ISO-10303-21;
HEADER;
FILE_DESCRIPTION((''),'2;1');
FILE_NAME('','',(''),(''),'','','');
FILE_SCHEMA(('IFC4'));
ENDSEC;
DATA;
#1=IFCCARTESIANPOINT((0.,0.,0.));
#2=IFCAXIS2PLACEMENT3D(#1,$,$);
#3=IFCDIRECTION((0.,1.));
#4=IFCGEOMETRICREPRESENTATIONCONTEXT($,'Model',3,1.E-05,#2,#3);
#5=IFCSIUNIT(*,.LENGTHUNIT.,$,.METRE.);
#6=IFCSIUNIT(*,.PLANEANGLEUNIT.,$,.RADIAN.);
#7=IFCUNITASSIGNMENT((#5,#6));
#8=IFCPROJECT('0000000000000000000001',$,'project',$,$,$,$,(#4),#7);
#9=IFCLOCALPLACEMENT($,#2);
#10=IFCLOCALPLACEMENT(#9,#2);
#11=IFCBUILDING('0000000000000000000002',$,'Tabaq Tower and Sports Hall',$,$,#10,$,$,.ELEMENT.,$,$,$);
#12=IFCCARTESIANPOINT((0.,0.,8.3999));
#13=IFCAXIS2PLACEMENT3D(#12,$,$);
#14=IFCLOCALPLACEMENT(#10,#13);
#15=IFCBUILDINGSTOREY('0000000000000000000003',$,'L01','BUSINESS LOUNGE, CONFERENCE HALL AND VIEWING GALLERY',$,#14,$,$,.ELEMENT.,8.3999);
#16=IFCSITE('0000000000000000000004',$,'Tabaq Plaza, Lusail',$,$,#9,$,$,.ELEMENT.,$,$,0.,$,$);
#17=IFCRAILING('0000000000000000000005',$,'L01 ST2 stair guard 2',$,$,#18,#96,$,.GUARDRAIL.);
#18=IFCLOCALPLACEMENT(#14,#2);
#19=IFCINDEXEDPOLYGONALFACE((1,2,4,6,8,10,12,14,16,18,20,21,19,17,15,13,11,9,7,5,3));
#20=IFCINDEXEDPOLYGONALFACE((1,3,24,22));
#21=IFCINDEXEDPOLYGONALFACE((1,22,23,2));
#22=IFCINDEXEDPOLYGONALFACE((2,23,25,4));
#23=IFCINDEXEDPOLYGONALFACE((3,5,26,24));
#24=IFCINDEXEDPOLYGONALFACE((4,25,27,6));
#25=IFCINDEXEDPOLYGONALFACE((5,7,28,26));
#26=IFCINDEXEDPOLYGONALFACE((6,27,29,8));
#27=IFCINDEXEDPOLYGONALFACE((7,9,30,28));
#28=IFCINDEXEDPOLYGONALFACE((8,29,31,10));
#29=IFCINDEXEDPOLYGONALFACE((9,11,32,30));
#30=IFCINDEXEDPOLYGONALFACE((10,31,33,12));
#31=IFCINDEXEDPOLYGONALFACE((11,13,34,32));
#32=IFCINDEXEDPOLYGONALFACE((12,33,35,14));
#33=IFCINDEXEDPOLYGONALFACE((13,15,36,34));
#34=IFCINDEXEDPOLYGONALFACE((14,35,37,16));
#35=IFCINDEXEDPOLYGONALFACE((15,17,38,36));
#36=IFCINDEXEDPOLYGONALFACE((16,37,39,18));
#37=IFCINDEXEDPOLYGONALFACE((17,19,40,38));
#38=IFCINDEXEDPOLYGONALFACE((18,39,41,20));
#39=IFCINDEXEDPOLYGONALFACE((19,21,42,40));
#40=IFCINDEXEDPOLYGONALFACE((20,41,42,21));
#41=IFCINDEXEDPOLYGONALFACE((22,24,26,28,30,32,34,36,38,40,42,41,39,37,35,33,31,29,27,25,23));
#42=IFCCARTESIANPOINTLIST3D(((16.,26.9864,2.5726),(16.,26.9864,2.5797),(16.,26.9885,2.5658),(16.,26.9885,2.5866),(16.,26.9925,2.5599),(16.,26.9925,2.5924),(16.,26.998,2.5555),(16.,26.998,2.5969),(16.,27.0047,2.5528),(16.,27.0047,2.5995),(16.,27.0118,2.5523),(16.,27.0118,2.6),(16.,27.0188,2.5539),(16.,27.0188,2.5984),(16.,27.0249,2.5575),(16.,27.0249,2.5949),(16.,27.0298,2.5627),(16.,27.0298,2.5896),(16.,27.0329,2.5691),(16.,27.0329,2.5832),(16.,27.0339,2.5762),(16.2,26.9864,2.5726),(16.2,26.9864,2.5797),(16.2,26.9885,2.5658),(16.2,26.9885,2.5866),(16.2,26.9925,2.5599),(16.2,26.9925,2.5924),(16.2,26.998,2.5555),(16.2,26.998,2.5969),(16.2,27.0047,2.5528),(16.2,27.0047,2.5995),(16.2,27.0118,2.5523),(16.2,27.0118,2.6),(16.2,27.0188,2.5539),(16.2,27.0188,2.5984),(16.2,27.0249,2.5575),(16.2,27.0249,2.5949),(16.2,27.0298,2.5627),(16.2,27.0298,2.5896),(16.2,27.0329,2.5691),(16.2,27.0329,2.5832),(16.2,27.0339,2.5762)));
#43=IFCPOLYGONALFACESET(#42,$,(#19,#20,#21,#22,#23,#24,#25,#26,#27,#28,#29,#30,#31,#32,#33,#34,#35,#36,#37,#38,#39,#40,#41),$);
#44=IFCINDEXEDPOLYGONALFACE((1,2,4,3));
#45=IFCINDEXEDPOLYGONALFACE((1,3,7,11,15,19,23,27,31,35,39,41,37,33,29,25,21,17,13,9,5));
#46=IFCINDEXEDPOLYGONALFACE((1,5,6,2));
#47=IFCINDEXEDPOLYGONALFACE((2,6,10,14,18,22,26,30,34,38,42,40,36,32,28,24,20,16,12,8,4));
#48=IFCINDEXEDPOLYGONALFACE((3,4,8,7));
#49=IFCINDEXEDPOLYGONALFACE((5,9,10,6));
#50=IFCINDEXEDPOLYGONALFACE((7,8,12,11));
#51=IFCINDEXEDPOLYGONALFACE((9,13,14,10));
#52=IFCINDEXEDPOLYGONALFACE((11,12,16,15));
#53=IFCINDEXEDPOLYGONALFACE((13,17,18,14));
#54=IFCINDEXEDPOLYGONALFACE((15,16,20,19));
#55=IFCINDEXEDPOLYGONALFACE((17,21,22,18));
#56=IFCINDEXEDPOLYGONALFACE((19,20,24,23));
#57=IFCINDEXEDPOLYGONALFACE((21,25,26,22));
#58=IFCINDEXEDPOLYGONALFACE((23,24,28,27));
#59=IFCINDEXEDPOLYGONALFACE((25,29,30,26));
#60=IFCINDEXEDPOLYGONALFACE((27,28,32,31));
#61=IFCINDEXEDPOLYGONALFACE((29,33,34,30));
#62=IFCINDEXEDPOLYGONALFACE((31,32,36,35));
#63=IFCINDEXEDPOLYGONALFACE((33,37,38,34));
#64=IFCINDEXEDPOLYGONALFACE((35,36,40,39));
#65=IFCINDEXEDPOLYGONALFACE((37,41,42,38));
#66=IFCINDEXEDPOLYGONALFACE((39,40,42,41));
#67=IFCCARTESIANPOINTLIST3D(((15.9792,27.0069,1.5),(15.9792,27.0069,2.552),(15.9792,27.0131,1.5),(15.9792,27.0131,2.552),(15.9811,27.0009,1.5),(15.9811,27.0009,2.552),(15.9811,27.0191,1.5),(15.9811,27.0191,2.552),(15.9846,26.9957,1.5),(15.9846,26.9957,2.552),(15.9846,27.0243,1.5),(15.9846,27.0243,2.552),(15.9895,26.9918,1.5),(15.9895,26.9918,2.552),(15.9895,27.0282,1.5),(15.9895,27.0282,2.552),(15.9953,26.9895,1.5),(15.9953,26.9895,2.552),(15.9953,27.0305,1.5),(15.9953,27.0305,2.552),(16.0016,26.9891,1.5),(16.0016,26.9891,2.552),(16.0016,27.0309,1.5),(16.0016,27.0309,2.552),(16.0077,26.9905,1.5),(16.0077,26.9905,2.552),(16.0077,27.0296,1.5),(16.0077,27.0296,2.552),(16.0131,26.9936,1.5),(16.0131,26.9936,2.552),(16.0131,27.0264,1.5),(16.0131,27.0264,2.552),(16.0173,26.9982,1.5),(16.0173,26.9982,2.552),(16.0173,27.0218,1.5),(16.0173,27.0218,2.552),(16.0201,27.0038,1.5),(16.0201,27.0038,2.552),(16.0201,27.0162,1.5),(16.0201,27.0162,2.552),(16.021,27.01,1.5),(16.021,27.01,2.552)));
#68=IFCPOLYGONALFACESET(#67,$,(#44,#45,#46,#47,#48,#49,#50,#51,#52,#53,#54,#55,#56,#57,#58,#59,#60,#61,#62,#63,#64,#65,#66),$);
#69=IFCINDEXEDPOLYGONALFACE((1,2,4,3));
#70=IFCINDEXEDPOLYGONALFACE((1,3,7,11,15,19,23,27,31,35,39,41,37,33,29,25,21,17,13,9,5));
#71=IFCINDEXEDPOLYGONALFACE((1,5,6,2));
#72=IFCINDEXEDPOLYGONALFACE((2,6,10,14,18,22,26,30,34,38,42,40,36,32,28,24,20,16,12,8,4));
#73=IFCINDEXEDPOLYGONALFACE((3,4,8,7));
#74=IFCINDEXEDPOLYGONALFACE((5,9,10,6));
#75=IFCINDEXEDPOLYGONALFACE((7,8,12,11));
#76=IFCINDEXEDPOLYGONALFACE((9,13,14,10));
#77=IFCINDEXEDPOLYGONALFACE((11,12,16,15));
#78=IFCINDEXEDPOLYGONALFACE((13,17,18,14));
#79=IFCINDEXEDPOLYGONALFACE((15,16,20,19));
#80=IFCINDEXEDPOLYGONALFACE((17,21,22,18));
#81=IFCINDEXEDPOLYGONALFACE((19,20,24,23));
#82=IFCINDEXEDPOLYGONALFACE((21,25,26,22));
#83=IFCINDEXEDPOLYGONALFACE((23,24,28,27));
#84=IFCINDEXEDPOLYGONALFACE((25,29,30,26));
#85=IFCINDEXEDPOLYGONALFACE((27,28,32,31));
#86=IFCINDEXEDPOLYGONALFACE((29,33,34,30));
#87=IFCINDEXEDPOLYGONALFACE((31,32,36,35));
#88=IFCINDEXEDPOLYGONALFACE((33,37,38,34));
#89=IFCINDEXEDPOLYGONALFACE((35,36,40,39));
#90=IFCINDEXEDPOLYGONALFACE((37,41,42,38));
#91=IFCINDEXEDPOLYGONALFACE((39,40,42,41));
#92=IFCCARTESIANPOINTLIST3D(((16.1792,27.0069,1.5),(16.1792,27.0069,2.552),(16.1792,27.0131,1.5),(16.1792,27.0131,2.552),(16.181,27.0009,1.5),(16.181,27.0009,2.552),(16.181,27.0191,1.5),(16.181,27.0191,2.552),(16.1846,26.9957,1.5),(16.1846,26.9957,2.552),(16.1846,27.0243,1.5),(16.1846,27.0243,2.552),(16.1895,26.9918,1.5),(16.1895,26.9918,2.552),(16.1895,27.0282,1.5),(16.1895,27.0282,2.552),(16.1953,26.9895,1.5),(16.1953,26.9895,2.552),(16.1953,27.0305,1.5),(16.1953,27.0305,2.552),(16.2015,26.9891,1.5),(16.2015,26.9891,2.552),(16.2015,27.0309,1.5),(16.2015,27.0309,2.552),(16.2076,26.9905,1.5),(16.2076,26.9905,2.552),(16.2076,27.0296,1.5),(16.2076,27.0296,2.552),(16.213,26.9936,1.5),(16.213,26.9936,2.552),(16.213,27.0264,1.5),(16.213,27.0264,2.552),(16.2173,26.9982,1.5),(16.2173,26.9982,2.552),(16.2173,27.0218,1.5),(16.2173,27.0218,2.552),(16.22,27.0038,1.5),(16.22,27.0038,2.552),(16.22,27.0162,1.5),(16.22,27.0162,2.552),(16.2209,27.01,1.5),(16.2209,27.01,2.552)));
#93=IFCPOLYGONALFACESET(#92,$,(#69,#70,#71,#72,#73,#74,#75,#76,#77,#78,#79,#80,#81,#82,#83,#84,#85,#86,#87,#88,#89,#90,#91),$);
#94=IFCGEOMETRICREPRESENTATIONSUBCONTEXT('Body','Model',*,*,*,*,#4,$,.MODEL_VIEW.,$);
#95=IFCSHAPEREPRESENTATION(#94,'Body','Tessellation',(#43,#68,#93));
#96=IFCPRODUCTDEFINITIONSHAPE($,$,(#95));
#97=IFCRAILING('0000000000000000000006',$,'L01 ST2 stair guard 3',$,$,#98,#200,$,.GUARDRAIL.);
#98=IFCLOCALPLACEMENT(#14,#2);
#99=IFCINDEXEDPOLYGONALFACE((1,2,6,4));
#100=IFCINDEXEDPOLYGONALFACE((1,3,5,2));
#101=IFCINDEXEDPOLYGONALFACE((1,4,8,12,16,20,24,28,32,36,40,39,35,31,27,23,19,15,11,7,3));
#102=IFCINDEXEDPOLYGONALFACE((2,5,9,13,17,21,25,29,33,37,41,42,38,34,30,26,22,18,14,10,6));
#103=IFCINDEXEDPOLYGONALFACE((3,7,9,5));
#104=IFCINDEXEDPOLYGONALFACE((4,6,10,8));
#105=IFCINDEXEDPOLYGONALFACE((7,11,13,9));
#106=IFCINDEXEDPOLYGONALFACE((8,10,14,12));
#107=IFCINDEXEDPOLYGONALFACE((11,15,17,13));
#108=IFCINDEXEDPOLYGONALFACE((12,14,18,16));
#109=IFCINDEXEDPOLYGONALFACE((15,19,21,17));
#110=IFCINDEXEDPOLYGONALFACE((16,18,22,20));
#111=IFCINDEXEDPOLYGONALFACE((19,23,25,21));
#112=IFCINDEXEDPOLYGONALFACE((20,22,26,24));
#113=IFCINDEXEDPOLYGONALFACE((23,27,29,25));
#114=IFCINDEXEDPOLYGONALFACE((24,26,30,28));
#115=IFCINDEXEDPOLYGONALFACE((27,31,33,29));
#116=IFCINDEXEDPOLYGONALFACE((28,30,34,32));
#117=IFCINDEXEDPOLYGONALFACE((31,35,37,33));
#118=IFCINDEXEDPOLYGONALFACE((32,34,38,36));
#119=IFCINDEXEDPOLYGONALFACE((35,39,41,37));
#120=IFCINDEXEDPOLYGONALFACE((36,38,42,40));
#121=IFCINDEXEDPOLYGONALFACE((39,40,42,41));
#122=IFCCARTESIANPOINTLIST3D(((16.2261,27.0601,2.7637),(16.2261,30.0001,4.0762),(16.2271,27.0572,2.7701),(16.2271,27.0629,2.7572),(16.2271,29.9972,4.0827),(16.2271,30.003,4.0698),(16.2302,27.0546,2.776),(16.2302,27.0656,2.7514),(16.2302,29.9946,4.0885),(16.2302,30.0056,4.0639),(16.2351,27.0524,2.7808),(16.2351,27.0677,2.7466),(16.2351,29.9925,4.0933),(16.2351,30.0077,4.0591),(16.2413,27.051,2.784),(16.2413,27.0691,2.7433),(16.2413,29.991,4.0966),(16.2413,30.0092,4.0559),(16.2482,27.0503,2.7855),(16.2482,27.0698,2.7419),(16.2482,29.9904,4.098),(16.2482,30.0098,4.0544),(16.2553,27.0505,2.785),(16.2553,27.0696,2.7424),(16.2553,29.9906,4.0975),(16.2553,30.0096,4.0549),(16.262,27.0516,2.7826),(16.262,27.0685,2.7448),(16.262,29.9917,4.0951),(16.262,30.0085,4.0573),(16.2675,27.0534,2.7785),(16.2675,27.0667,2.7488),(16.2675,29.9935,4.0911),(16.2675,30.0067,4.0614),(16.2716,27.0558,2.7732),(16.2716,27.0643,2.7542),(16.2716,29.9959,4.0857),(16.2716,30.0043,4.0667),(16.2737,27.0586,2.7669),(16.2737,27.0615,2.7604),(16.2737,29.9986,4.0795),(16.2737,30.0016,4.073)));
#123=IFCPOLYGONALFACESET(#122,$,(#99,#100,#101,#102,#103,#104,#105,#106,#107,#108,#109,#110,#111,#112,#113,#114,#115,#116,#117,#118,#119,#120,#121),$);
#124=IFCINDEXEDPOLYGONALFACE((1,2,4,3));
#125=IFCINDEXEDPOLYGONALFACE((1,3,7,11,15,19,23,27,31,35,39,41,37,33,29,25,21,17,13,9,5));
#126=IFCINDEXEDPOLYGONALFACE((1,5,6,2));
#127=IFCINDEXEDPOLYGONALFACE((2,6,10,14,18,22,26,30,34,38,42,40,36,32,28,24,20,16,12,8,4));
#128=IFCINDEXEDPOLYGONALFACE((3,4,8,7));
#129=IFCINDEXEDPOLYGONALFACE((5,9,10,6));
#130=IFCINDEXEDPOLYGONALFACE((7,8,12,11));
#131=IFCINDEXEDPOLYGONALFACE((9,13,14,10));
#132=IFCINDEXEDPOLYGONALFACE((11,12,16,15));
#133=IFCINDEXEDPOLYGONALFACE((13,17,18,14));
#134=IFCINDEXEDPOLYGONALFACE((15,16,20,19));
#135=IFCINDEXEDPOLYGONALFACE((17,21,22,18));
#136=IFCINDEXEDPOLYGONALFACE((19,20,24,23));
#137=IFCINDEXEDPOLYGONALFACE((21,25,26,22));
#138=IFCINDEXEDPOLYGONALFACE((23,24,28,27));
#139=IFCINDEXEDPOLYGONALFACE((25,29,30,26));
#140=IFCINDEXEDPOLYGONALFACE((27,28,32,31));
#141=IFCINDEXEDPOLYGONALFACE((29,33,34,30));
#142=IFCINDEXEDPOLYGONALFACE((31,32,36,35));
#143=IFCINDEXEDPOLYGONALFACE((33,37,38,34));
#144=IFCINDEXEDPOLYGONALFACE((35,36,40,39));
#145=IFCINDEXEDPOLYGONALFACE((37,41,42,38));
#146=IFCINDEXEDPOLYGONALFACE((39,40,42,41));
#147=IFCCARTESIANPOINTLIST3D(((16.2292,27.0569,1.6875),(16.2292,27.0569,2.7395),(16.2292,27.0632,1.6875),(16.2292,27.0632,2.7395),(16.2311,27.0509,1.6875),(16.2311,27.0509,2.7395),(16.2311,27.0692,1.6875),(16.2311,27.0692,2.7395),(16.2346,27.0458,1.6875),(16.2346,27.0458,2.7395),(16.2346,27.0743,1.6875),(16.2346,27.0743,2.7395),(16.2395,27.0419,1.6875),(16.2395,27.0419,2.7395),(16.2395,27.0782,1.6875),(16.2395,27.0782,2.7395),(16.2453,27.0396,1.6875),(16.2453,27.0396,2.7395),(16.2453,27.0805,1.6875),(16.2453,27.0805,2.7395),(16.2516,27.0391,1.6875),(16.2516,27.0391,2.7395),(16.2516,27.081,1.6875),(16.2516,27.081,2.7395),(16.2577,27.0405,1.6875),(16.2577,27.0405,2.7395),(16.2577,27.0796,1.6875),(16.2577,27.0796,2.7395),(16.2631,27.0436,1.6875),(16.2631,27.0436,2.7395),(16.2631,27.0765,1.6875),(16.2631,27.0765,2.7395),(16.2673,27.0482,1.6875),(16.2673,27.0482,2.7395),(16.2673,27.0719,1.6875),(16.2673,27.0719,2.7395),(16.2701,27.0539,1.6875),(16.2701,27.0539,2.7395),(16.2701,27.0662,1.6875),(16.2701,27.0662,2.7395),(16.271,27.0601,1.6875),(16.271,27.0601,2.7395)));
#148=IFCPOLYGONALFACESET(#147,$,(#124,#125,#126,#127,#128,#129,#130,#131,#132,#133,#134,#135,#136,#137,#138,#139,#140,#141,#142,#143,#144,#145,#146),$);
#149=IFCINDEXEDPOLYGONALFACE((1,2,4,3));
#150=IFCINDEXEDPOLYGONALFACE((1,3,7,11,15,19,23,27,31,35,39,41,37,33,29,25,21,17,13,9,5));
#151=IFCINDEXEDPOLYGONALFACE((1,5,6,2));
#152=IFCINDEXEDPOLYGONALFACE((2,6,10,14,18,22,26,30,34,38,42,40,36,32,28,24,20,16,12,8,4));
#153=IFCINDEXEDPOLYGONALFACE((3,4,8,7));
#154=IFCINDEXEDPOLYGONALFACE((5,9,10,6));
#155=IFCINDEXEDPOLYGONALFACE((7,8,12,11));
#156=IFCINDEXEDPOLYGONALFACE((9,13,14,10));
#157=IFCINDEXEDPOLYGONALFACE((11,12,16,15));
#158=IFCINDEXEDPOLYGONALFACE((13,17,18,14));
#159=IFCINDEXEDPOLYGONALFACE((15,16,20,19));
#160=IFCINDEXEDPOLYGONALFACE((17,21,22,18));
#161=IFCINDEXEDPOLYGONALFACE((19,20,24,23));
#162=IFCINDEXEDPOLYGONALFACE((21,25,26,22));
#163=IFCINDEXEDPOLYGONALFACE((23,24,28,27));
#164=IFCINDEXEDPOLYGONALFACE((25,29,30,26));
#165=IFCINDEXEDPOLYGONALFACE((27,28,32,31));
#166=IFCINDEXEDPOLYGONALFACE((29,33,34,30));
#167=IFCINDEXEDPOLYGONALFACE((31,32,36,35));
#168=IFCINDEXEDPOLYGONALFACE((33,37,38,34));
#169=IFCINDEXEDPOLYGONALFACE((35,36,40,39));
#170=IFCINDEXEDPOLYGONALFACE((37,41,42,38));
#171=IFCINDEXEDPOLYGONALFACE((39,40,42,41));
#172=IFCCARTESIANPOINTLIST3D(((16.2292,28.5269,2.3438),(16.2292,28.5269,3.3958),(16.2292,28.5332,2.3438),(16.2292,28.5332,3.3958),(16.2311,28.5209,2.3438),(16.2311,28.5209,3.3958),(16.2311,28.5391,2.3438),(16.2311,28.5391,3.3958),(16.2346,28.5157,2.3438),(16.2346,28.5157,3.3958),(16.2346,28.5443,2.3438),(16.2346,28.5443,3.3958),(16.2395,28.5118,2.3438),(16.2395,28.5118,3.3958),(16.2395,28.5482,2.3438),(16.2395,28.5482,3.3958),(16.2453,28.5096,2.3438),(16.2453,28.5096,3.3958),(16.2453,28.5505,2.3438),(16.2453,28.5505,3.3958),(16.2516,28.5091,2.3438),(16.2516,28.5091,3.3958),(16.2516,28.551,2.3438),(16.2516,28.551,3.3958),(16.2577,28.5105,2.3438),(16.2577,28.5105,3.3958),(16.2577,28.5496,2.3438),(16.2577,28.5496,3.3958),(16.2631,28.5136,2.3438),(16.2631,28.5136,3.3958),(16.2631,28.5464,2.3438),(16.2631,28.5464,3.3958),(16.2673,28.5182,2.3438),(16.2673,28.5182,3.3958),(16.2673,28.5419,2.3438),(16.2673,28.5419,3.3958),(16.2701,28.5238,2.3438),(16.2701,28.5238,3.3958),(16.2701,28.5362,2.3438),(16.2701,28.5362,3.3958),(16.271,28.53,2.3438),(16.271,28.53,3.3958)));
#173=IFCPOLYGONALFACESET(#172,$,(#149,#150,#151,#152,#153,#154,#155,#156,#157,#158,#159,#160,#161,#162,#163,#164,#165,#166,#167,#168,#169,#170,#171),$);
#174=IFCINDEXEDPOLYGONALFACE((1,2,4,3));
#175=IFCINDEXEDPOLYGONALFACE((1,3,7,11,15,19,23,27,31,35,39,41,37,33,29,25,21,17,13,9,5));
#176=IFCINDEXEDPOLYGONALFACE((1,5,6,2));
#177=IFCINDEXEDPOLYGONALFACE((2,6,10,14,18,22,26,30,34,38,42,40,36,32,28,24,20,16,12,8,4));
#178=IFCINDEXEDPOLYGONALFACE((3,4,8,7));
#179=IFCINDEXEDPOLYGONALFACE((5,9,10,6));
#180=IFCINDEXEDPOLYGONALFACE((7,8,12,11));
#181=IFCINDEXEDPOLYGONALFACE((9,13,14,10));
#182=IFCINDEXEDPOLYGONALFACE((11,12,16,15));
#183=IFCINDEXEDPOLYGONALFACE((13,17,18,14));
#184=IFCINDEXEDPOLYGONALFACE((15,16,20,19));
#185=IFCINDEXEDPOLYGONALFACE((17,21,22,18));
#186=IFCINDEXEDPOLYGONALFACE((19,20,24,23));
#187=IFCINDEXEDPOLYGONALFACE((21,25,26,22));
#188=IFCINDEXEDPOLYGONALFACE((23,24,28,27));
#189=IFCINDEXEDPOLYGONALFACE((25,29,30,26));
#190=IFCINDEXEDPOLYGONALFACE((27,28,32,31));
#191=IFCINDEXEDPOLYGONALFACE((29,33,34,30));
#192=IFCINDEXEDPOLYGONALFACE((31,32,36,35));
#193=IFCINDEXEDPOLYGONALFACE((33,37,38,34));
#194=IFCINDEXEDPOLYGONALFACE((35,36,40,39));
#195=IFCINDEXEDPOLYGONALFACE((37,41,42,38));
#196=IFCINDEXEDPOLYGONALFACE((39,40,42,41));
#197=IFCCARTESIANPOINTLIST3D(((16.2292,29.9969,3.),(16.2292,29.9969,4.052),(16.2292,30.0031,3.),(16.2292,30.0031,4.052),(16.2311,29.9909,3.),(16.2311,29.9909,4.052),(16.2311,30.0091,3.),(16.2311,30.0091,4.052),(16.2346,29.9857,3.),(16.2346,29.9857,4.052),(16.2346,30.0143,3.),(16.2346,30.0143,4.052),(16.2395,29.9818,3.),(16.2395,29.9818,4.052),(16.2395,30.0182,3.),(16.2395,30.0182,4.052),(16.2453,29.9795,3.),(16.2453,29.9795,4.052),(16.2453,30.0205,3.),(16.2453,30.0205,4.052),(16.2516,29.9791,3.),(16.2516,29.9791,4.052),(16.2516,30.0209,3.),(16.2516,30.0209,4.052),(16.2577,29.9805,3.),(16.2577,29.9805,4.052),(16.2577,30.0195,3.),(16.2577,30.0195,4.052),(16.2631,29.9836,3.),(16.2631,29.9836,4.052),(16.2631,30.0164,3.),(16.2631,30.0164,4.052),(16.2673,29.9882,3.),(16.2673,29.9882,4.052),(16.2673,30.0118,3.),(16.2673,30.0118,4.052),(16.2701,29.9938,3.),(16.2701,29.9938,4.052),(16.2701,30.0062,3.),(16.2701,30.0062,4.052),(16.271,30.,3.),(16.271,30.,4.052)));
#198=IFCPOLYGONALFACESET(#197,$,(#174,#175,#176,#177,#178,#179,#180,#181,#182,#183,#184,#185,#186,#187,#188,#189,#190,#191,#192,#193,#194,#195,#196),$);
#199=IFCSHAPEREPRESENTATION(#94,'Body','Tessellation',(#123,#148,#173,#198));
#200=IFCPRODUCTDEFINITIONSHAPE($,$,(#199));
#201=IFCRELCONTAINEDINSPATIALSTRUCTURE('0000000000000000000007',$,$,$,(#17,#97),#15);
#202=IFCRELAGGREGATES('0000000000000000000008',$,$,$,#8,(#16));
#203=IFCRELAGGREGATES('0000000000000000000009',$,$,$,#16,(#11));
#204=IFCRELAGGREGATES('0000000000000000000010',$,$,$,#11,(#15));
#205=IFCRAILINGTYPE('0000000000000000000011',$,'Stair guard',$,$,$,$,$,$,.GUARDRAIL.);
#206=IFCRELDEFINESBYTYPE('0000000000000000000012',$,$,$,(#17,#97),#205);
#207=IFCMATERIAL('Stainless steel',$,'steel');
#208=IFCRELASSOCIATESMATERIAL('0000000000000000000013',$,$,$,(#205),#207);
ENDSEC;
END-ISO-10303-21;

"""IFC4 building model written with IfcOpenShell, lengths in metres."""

from ifc_helpers import new_model, si_unit, direction, frame, origin, origin_2d, place, context, subcontext, project, spatial, circle, extrude, material, type_object, element, save


model = new_model("IFC4")

# Units and contexts
model_context = context("Model", 3, precision=1e-05, world=origin(), true_north=direction((0.0, 1.0)))
body_context = subcontext(model_context, "Body", "Model", "MODEL_VIEW")
ifc_project = project(units=[si_unit("LENGTHUNIT", "METRE"), si_unit("PLANEANGLEUNIT", "RADIAN")], contexts=[model_context])

# Site, building, storey
site_placement = place(None, origin())
site = spatial("IfcSite", under=ifc_project, at=site_placement, Name="Tabaq Plaza, Lusail", CompositionType="ELEMENT", RefElevation=0.0)
building_placement = place(site_placement, origin())
building = spatial("IfcBuilding", under=site, at=building_placement, Name="Tabaq Tower and Sports Hall", CompositionType="ELEMENT")
storey_placement = place(building_placement, frame((0.0, 0.0, 8.3999)))
storey = spatial("IfcBuildingStorey", under=building, at=storey_placement, Name="L01", Description="BUSINESS LOUNGE, CONFERENCE HALL AND VIEWING GALLERY", CompositionType="ELEMENT", Elevation=8.3999)

# Railings
ifc_material_1 = material(Name="Stainless steel", Category="steel")
railing_type = type_object("IfcRailingType", Name="Stair guard", PredefinedType="GUARDRAIL", material=ifc_material_1)
railing_1_placement = place(storey_placement, frame((16.0, 27.01, 1.5)))
element("IfcRailing", 1, at=railing_1_placement, inside=storey, type_object=railing_type, Name="L01 ST2 stair guard 2", PredefinedType="GUARDRAIL", context=body_context, shape_type="SweptSolid", body=[
    extrude(circle(Radius=0.0239, at=origin_2d()), frame((0.0, 0.0, 1.0762), z_axis=(1.0, 0.0, 0.0), x_axis=(0.0, 1.0, 0.0)), (0.0, 0.0, 1.0), 0.2),
    extrude(circle(Radius=0.021, at=origin_2d()), origin(), (0.0, 0.0, 1.0), 1.052),
    extrude(circle(Radius=0.021, at=origin_2d()), frame((0.2, 0.0, 0.0)), (0.0, 0.0, 1.0), 1.052),
])
railing_2_placement = place(storey_placement, frame((16.25, 27.0601, 1.6875)))
element("IfcRailing", 2, at=railing_2_placement, inside=storey, type_object=railing_type, Name="L01 ST2 stair guard 3", PredefinedType="GUARDRAIL", context=body_context, shape_type="SweptSolid", body=[
    extrude(circle(Radius=0.0239, at=origin_2d()), frame((0.0, 0.0, 1.0762), z_axis=(0.0, 0.913135, 0.407658), x_axis=(-1.0, 0.0, 0.0)), (0.0, 0.0, 1.0), 3.2197),
    extrude(circle(Radius=0.021, at=origin_2d()), origin(), (0.0, 0.0, 1.0), 1.052),
    extrude(circle(Radius=0.021, at=origin_2d()), frame((0.0, 1.47, 0.6562)), (0.0, 0.0, 1.0), 1.052),
    extrude(circle(Radius=0.021, at=origin_2d()), frame((0.0, 2.9399, 1.3125)), (0.0, 0.0, 1.0), 1.052),
])

save(model, "model.ifc")
